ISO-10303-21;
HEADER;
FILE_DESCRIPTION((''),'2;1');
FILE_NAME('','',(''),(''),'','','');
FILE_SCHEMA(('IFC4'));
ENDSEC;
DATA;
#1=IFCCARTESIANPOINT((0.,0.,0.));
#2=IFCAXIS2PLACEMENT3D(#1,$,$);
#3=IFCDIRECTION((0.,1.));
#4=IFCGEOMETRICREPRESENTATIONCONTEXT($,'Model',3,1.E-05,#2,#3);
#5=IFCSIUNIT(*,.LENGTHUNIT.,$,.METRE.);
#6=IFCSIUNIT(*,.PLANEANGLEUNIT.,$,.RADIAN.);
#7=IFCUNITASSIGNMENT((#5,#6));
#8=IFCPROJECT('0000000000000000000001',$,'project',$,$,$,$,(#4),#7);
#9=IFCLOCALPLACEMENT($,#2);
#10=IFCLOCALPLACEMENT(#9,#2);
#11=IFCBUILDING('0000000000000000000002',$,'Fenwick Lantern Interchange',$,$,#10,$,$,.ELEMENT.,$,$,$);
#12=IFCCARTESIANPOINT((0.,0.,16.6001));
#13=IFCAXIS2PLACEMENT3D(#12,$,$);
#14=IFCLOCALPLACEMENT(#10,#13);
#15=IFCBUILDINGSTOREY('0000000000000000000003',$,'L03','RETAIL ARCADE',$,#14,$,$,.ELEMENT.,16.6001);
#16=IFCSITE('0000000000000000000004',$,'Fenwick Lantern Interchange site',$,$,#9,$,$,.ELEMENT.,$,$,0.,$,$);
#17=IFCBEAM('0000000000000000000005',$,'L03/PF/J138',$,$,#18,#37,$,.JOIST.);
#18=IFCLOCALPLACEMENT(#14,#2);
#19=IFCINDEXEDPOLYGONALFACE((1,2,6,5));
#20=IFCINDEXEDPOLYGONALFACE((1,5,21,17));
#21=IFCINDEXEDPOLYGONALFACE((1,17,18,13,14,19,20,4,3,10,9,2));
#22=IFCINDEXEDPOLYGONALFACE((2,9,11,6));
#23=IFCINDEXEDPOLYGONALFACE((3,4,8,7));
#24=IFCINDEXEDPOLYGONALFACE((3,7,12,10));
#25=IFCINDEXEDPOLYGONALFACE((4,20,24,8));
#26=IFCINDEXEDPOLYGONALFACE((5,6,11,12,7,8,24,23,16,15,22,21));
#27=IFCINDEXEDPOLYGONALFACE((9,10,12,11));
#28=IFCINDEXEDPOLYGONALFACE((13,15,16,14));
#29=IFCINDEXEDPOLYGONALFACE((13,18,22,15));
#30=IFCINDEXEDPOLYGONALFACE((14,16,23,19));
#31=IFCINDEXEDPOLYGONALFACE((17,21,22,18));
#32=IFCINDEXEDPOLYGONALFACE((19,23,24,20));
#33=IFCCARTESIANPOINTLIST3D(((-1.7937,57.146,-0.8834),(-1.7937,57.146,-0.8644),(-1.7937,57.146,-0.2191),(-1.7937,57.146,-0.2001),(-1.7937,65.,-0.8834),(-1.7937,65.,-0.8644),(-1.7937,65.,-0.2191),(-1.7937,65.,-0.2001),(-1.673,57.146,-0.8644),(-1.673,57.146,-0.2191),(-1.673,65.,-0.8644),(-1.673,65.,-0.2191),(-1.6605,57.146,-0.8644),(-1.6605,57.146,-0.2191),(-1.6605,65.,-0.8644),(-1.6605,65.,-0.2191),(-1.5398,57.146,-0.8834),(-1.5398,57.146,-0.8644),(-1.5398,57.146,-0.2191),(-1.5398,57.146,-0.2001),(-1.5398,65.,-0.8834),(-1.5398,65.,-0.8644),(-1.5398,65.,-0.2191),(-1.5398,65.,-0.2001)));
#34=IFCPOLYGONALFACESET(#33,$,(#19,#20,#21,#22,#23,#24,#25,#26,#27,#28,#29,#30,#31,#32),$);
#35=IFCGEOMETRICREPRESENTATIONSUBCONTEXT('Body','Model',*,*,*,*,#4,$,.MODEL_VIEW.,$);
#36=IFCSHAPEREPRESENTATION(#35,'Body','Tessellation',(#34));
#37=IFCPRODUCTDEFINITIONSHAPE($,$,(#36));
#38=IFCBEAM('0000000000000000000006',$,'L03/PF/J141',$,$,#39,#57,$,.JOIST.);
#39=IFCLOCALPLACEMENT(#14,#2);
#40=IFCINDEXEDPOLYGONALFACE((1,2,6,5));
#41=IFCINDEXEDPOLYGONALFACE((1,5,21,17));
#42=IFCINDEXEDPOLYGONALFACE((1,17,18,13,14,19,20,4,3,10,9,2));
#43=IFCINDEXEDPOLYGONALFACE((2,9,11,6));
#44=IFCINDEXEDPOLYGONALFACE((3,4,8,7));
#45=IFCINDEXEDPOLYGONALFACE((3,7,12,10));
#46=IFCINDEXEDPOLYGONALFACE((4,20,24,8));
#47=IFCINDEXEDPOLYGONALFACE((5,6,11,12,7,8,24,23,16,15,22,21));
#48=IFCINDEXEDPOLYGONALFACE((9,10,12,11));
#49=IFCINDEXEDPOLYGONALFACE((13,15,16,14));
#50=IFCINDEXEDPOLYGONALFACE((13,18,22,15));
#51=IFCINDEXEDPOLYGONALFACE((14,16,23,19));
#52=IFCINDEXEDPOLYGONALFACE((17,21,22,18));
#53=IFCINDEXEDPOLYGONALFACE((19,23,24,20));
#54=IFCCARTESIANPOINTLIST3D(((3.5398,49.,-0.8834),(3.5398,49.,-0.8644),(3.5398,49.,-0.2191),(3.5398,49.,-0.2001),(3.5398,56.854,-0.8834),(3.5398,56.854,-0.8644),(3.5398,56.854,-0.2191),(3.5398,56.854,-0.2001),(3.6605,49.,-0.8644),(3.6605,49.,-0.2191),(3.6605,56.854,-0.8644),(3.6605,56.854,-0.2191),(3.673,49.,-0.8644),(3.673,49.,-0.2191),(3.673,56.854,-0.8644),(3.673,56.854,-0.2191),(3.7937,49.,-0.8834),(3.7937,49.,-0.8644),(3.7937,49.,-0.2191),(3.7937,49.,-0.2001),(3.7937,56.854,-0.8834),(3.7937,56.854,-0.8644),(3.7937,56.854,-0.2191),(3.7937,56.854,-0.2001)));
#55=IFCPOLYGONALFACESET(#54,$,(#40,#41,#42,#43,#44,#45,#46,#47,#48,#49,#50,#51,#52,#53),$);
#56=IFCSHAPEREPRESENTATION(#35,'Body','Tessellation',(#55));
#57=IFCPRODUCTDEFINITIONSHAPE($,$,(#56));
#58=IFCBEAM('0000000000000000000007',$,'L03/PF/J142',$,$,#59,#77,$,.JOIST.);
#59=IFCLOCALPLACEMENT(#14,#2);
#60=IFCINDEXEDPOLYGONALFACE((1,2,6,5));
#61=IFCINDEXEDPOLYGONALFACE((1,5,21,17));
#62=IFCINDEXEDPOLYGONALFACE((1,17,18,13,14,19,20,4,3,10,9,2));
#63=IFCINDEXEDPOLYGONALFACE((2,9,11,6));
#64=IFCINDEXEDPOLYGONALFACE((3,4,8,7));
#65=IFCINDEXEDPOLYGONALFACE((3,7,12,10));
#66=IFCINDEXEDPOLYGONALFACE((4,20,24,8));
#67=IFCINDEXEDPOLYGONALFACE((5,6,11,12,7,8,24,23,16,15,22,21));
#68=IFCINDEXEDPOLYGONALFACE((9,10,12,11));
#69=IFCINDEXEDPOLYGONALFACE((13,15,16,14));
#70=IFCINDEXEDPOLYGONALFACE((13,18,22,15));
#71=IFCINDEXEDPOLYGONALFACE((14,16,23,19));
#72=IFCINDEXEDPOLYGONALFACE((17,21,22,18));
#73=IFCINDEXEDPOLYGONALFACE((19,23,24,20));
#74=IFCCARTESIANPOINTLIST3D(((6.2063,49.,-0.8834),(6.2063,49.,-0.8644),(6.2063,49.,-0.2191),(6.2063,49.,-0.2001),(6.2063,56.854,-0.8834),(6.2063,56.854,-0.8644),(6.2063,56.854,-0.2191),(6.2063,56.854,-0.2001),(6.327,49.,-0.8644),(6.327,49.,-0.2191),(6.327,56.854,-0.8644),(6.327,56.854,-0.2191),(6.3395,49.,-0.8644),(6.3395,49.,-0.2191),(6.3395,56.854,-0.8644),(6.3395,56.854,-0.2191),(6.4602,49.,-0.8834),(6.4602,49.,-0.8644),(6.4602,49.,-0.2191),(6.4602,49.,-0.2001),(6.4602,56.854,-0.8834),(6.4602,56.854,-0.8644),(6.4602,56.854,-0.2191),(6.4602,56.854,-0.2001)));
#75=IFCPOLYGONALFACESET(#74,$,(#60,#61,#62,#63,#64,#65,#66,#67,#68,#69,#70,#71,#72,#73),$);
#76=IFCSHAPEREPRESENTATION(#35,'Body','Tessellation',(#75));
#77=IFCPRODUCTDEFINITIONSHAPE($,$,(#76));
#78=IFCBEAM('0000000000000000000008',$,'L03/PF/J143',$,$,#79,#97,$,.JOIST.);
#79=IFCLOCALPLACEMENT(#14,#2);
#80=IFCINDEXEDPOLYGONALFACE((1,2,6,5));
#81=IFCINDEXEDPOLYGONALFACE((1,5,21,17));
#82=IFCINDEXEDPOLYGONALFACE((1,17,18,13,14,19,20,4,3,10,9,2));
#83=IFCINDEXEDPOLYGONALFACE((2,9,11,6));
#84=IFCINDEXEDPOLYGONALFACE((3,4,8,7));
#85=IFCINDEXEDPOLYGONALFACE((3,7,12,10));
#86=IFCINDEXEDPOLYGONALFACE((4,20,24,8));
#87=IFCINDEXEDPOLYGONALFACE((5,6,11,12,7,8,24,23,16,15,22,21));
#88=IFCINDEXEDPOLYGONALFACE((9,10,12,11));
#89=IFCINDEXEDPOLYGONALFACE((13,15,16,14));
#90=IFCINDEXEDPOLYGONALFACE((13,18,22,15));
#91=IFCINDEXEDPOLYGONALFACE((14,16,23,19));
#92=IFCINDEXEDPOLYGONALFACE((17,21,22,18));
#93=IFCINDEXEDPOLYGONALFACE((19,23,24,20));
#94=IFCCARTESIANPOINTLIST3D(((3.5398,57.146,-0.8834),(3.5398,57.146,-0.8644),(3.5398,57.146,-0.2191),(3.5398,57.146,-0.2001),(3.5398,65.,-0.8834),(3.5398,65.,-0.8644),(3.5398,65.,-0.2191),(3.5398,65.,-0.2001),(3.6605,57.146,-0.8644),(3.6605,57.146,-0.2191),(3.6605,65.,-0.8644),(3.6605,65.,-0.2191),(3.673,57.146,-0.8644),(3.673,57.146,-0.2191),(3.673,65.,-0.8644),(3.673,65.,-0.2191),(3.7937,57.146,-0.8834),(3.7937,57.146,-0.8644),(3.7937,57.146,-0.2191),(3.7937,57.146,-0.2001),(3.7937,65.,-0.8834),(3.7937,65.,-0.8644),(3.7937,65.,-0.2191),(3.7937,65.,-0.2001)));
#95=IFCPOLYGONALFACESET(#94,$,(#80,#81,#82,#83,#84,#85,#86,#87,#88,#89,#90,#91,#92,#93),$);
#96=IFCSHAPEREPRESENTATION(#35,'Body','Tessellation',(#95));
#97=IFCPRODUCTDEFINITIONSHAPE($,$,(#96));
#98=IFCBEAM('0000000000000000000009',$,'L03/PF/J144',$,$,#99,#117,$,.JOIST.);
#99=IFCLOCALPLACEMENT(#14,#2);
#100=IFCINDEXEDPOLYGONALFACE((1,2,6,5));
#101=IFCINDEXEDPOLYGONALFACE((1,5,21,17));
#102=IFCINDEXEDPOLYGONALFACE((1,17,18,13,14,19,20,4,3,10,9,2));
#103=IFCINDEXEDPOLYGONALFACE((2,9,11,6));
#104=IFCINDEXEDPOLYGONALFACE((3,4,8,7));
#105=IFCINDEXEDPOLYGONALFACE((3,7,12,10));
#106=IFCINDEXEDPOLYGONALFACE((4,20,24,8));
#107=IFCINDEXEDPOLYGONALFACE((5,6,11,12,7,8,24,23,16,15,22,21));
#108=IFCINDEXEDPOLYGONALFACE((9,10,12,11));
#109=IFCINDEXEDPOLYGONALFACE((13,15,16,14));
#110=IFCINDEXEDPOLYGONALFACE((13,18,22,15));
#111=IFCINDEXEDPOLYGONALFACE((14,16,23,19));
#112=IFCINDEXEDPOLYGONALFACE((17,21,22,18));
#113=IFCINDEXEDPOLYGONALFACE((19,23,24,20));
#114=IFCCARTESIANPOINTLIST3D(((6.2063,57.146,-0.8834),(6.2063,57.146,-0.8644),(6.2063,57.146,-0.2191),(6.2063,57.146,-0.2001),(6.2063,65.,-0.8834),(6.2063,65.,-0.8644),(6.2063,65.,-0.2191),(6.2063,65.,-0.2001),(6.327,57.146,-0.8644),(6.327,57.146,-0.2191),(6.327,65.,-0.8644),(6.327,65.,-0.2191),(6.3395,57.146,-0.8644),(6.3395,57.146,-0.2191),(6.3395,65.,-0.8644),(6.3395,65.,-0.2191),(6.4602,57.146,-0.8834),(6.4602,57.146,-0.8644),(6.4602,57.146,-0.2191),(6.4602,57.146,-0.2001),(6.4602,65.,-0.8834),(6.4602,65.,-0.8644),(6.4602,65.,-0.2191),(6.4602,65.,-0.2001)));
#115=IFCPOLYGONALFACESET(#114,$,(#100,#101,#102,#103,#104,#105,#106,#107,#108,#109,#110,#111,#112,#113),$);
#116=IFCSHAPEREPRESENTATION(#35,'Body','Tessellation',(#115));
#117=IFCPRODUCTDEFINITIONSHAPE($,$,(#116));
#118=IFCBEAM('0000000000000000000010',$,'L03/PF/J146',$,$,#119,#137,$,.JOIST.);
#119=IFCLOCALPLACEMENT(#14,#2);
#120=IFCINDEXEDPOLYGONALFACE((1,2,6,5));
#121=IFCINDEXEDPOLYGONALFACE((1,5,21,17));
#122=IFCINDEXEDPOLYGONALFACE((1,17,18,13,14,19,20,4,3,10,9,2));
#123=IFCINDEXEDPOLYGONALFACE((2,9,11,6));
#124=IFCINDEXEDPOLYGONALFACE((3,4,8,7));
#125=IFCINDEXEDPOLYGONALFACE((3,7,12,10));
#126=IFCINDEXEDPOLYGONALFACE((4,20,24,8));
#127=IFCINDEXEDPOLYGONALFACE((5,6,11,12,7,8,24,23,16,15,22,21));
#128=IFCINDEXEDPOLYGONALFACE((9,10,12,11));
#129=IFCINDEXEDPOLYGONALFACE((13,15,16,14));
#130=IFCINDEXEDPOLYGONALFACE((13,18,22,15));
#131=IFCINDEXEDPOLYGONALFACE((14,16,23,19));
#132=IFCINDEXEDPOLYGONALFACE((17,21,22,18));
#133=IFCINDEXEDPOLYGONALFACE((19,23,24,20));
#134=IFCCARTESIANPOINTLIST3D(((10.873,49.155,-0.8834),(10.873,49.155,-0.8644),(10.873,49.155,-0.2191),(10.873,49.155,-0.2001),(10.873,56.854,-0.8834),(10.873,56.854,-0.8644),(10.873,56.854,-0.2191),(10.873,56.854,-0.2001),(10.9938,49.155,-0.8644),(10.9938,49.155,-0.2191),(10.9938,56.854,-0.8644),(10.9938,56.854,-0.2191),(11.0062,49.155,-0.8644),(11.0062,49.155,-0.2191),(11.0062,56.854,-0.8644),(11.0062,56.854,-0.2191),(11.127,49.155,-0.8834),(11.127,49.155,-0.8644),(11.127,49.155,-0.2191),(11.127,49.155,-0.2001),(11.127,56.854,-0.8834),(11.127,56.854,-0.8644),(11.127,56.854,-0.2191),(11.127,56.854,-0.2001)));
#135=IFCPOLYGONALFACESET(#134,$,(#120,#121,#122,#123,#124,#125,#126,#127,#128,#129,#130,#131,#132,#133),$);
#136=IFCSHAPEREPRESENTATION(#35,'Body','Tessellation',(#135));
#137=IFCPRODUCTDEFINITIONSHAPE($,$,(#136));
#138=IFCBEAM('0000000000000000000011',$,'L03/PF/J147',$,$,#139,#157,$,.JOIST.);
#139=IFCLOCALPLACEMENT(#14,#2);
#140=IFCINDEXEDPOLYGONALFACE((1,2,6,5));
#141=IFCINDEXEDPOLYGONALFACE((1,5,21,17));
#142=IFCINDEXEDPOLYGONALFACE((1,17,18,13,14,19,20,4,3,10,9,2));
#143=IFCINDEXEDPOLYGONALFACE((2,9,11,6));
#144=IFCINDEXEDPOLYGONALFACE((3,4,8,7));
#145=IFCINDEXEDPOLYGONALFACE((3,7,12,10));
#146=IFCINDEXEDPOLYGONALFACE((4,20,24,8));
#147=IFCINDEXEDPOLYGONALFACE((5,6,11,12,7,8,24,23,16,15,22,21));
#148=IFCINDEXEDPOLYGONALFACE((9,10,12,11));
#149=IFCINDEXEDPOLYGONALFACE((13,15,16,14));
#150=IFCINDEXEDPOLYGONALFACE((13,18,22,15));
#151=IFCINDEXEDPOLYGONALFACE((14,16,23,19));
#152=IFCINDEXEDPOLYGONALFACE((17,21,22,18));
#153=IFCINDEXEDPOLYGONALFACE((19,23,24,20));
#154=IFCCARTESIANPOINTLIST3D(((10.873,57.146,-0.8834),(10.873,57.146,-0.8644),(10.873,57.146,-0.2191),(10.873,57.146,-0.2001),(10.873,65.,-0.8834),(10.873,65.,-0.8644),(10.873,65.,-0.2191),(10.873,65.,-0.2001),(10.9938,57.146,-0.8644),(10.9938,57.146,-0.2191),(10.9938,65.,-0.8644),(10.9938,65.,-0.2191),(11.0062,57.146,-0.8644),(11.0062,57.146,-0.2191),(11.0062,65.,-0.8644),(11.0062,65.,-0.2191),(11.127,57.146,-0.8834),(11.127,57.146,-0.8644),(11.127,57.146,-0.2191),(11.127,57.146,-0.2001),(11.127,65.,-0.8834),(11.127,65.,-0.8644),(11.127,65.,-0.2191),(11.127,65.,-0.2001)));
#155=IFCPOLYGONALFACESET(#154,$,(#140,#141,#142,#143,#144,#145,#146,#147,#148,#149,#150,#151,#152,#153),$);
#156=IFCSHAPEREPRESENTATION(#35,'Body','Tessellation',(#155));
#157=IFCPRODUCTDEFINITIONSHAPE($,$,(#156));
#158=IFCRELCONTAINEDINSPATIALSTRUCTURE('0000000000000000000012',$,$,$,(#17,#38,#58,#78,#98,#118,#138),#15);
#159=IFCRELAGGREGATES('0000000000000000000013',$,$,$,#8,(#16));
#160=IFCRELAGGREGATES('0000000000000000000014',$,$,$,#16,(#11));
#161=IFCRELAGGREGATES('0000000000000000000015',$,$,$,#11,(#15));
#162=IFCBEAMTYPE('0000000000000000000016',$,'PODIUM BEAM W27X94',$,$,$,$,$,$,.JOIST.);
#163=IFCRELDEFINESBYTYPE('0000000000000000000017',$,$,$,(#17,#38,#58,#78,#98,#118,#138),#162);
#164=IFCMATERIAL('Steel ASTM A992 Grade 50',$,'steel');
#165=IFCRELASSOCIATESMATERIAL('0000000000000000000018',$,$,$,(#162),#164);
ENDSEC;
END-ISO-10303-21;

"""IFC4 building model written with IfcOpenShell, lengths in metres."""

from ifc_helpers import new_model, si_unit, direction, frame, origin, origin_2d, place, context, subcontext, project, spatial, i_section, extrude, material, material_profile, profile_set, type_object, element, save


model = new_model("IFC4")

# Units and contexts
model_context = context("Model", 3, precision=1e-05, world=origin(), true_north=direction((0.0, 1.0)))
body_context = subcontext(model_context, "Body", "Model", "MODEL_VIEW")
ifc_project = project(units=[si_unit("LENGTHUNIT", "METRE"), si_unit("PLANEANGLEUNIT", "RADIAN")], contexts=[model_context])

# Site, building, storey
site_placement = place(None, origin())
site = spatial("IfcSite", under=ifc_project, at=site_placement, Name="Fenwick Lantern Interchange site", CompositionType="ELEMENT", RefElevation=0.0)
building_placement = place(site_placement, origin())
building = spatial("IfcBuilding", under=site, at=building_placement, Name="Fenwick Lantern Interchange", CompositionType="ELEMENT")
storey_placement = place(building_placement, frame((0.0, 0.0, 16.6001)))
storey = spatial("IfcBuildingStorey", under=building, at=storey_placement, Name="L03", Description="RETAIL ARCADE", CompositionType="ELEMENT", Elevation=16.6001)

# Shared definitions
ifc_material_1 = material(Name="Steel ASTM A992 Grade 50", Category="steel")

# Beams
ifc_material_profile_1 = material_profile(ifc_material_1, i_section(OverallWidth=0.2539, OverallDepth=0.6833, WebThickness=0.0125, FlangeThickness=0.019, at=origin_2d()), Name="W27X94")
ifc_profile_set_1 = profile_set([ifc_material_profile_1], Name="Steel ASTM A992 Grade 50")
beam_type_1 = type_object("IfcBeamType", Name="PODIUM BEAM W27X94", PredefinedType="JOIST", material=ifc_profile_set_1)
for number, where, z_axis, x_axis, name in (
    (1, (-1.6667, 57.146, -0.5417), (0.0, 1.0, 0.0), (-1.0, 0.0, 0.0), "L03/PF/J138"),
    (2, (3.6667, 49.0, -0.5417), (0.0, 1.0, 0.0), (-1.0, 0.0, 0.0), "L03/PF/J141"),
    (3, (6.3333, 49.0, -0.5417), (0.0, 1.0, 0.0), (-1.0, 0.0, 0.0), "L03/PF/J142"),
    (4, (3.6667, 57.146, -0.5417), (0.0, 1.0, 0.0), (-1.0, 0.0, 0.0), "L03/PF/J143"),
    (5, (6.3333, 57.146, -0.5417), (0.0, 1.0, 0.0), (-1.0, 0.0, 0.0), "L03/PF/J144"),
):
    element("IfcBeam", number, at=place(storey_placement, frame(where, z_axis=z_axis, x_axis=x_axis)), inside=storey, type_object=beam_type_1, Name=name, PredefinedType="JOIST", context=body_context, shape_type="SweptSolid", body=[
        extrude(i_section(OverallWidth=0.2539, OverallDepth=0.6833, WebThickness=0.0125, FlangeThickness=0.019, at=origin_2d()), origin(), (0.0, 0.0, 1.0), 7.854),
    ])
beam_1_placement = place(storey_placement, frame((11.0, 49.155, -0.5417), z_axis=(0.0, 1.0, 0.0), x_axis=(-1.0, 0.0, 0.0)))
element("IfcBeam", 6, at=beam_1_placement, inside=storey, type_object=beam_type_1, Name="L03/PF/J146", PredefinedType="JOIST", context=body_context, shape_type="SweptSolid", body=[
    extrude(i_section(OverallWidth=0.2539, OverallDepth=0.6833, WebThickness=0.0125, FlangeThickness=0.019, at=origin_2d()), origin(), (0.0, 0.0, 1.0), 7.699),
])
beam_2_placement = place(storey_placement, frame((11.0, 57.146, -0.5417), z_axis=(0.0, 1.0, 0.0), x_axis=(-1.0, 0.0, 0.0)))
element("IfcBeam", 7, at=beam_2_placement, inside=storey, type_object=beam_type_1, Name="L03/PF/J147", PredefinedType="JOIST", context=body_context, shape_type="SweptSolid", body=[
    extrude(i_section(OverallWidth=0.2539, OverallDepth=0.6833, WebThickness=0.0125, FlangeThickness=0.019, at=origin_2d()), origin(), (0.0, 0.0, 1.0), 7.854),
])

save(model, "model.ifc")
